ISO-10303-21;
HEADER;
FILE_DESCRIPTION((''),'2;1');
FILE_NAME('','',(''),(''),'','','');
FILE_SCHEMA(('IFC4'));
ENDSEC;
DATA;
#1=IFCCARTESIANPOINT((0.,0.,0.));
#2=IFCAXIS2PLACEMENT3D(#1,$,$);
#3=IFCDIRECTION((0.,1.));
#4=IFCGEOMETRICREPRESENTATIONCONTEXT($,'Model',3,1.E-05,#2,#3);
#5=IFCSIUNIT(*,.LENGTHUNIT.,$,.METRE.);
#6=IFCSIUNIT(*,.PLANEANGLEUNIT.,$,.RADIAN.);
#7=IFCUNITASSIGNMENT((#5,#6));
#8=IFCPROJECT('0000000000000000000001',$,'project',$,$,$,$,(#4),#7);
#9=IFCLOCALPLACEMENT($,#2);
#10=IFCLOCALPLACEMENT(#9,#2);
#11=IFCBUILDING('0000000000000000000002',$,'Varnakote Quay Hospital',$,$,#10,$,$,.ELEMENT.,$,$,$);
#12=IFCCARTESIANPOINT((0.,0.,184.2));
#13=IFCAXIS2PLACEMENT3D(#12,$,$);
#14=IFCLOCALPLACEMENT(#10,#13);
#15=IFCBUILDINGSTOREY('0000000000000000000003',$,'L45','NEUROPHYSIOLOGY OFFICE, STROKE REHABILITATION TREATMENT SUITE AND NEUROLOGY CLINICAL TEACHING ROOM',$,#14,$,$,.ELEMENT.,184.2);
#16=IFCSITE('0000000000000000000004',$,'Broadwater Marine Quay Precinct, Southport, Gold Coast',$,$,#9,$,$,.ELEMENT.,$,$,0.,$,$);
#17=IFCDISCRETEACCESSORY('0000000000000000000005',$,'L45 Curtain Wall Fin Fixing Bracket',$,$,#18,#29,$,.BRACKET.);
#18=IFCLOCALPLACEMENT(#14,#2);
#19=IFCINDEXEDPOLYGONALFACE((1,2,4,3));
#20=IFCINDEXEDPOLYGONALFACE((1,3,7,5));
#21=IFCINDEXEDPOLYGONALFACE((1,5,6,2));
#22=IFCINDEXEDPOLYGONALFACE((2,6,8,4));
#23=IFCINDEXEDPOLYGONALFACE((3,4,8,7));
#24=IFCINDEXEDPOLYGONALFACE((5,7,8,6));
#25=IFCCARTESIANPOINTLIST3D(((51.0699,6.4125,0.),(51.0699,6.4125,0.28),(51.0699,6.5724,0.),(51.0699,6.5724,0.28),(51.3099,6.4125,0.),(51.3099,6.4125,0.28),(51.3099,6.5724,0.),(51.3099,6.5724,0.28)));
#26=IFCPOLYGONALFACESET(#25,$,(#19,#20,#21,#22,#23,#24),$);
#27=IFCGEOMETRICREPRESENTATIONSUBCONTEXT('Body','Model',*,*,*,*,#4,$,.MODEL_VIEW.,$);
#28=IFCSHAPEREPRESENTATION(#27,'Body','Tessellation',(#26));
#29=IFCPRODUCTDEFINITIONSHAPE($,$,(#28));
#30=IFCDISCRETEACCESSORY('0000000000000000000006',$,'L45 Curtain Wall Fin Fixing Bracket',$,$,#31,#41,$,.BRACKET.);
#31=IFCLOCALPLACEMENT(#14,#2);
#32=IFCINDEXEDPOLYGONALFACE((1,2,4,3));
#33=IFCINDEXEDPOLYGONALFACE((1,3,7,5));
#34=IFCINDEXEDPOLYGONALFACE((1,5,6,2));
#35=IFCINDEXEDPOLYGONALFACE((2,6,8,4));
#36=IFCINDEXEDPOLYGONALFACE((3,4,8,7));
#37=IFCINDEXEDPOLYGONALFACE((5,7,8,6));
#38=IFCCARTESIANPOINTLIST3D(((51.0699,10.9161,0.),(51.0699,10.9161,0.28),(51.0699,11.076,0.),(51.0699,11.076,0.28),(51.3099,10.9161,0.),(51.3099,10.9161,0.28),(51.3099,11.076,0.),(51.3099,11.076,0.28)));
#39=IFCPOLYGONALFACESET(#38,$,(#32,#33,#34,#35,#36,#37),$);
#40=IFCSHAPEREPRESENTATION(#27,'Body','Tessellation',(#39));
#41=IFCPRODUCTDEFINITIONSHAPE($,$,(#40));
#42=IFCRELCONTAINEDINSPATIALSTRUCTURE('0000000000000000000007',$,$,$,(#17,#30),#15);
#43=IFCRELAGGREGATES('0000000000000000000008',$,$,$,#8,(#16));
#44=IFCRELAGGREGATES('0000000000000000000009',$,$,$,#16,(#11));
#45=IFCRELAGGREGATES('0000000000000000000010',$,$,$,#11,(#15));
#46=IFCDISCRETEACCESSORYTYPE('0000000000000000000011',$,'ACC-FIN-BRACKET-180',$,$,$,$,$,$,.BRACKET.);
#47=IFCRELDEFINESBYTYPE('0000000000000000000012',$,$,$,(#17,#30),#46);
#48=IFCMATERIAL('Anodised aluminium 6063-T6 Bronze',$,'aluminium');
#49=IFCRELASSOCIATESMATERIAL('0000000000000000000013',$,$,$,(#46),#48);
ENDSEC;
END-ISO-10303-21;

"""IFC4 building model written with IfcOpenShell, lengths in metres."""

from ifc_helpers import new_model, si_unit, direction, frame, origin, origin_2d, place, context, subcontext, project, spatial, rectangle, extrude, material, type_object, element, save


model = new_model("IFC4")

# Units and contexts
model_context = context("Model", 3, precision=1e-05, world=origin(), true_north=direction((0.0, 1.0)))
body_context = subcontext(model_context, "Body", "Model", "MODEL_VIEW")
ifc_project = project(units=[si_unit("LENGTHUNIT", "METRE"), si_unit("PLANEANGLEUNIT", "RADIAN")], contexts=[model_context])

# Site, building, storey
site_placement = place(None, origin())
site = spatial("IfcSite", under=ifc_project, at=site_placement, Name="Broadwater Marine Quay Precinct, Southport, Gold Coast", CompositionType="ELEMENT", RefElevation=0.0)
building_placement = place(site_placement, origin())
building = spatial("IfcBuilding", under=site, at=building_placement, Name="Varnakote Quay Hospital", CompositionType="ELEMENT")
storey_placement = place(building_placement, frame((0.0, 0.0, 184.2)))
storey = spatial("IfcBuildingStorey", under=building, at=storey_placement, Name="L45", Description="NEUROPHYSIOLOGY OFFICE, STROKE REHABILITATION TREATMENT SUITE AND NEUROLOGY CLINICAL TEACHING ROOM", CompositionType="ELEMENT", Elevation=184.2)

# Discrete accessories
ifc_material_1 = material(Name="Anodised aluminium 6063-T6 Bronze", Category="aluminium")
discrete_accessory_type = type_object("IfcDiscreteAccessoryType", Name="ACC-FIN-BRACKET-180", PredefinedType="BRACKET", material=ifc_material_1)
for number, where, z_axis, x_axis, name in (
    (1, (51.1899, 6.4924, 0.0), (0.0, 0.0, 1.0), (0.0, 1.0, 0.0), "L45 Curtain Wall Fin Fixing Bracket"),
    (2, (51.1899, 10.9961, 0.0), (0.0, 0.0, 1.0), (0.0, 1.0, 0.0), "L45 Curtain Wall Fin Fixing Bracket"),
):
    element("IfcDiscreteAccessory", number, at=place(storey_placement, frame(where, z_axis=z_axis, x_axis=x_axis)), inside=storey, type_object=discrete_accessory_type, Name=name, PredefinedType="BRACKET", context=body_context, shape_type="SweptSolid", body=[
        extrude(rectangle(XDim=0.1599, YDim=0.24, at=origin_2d()), origin(), (0.0, 0.0, 1.0), 0.28),
    ])

save(model, "model.ifc")
